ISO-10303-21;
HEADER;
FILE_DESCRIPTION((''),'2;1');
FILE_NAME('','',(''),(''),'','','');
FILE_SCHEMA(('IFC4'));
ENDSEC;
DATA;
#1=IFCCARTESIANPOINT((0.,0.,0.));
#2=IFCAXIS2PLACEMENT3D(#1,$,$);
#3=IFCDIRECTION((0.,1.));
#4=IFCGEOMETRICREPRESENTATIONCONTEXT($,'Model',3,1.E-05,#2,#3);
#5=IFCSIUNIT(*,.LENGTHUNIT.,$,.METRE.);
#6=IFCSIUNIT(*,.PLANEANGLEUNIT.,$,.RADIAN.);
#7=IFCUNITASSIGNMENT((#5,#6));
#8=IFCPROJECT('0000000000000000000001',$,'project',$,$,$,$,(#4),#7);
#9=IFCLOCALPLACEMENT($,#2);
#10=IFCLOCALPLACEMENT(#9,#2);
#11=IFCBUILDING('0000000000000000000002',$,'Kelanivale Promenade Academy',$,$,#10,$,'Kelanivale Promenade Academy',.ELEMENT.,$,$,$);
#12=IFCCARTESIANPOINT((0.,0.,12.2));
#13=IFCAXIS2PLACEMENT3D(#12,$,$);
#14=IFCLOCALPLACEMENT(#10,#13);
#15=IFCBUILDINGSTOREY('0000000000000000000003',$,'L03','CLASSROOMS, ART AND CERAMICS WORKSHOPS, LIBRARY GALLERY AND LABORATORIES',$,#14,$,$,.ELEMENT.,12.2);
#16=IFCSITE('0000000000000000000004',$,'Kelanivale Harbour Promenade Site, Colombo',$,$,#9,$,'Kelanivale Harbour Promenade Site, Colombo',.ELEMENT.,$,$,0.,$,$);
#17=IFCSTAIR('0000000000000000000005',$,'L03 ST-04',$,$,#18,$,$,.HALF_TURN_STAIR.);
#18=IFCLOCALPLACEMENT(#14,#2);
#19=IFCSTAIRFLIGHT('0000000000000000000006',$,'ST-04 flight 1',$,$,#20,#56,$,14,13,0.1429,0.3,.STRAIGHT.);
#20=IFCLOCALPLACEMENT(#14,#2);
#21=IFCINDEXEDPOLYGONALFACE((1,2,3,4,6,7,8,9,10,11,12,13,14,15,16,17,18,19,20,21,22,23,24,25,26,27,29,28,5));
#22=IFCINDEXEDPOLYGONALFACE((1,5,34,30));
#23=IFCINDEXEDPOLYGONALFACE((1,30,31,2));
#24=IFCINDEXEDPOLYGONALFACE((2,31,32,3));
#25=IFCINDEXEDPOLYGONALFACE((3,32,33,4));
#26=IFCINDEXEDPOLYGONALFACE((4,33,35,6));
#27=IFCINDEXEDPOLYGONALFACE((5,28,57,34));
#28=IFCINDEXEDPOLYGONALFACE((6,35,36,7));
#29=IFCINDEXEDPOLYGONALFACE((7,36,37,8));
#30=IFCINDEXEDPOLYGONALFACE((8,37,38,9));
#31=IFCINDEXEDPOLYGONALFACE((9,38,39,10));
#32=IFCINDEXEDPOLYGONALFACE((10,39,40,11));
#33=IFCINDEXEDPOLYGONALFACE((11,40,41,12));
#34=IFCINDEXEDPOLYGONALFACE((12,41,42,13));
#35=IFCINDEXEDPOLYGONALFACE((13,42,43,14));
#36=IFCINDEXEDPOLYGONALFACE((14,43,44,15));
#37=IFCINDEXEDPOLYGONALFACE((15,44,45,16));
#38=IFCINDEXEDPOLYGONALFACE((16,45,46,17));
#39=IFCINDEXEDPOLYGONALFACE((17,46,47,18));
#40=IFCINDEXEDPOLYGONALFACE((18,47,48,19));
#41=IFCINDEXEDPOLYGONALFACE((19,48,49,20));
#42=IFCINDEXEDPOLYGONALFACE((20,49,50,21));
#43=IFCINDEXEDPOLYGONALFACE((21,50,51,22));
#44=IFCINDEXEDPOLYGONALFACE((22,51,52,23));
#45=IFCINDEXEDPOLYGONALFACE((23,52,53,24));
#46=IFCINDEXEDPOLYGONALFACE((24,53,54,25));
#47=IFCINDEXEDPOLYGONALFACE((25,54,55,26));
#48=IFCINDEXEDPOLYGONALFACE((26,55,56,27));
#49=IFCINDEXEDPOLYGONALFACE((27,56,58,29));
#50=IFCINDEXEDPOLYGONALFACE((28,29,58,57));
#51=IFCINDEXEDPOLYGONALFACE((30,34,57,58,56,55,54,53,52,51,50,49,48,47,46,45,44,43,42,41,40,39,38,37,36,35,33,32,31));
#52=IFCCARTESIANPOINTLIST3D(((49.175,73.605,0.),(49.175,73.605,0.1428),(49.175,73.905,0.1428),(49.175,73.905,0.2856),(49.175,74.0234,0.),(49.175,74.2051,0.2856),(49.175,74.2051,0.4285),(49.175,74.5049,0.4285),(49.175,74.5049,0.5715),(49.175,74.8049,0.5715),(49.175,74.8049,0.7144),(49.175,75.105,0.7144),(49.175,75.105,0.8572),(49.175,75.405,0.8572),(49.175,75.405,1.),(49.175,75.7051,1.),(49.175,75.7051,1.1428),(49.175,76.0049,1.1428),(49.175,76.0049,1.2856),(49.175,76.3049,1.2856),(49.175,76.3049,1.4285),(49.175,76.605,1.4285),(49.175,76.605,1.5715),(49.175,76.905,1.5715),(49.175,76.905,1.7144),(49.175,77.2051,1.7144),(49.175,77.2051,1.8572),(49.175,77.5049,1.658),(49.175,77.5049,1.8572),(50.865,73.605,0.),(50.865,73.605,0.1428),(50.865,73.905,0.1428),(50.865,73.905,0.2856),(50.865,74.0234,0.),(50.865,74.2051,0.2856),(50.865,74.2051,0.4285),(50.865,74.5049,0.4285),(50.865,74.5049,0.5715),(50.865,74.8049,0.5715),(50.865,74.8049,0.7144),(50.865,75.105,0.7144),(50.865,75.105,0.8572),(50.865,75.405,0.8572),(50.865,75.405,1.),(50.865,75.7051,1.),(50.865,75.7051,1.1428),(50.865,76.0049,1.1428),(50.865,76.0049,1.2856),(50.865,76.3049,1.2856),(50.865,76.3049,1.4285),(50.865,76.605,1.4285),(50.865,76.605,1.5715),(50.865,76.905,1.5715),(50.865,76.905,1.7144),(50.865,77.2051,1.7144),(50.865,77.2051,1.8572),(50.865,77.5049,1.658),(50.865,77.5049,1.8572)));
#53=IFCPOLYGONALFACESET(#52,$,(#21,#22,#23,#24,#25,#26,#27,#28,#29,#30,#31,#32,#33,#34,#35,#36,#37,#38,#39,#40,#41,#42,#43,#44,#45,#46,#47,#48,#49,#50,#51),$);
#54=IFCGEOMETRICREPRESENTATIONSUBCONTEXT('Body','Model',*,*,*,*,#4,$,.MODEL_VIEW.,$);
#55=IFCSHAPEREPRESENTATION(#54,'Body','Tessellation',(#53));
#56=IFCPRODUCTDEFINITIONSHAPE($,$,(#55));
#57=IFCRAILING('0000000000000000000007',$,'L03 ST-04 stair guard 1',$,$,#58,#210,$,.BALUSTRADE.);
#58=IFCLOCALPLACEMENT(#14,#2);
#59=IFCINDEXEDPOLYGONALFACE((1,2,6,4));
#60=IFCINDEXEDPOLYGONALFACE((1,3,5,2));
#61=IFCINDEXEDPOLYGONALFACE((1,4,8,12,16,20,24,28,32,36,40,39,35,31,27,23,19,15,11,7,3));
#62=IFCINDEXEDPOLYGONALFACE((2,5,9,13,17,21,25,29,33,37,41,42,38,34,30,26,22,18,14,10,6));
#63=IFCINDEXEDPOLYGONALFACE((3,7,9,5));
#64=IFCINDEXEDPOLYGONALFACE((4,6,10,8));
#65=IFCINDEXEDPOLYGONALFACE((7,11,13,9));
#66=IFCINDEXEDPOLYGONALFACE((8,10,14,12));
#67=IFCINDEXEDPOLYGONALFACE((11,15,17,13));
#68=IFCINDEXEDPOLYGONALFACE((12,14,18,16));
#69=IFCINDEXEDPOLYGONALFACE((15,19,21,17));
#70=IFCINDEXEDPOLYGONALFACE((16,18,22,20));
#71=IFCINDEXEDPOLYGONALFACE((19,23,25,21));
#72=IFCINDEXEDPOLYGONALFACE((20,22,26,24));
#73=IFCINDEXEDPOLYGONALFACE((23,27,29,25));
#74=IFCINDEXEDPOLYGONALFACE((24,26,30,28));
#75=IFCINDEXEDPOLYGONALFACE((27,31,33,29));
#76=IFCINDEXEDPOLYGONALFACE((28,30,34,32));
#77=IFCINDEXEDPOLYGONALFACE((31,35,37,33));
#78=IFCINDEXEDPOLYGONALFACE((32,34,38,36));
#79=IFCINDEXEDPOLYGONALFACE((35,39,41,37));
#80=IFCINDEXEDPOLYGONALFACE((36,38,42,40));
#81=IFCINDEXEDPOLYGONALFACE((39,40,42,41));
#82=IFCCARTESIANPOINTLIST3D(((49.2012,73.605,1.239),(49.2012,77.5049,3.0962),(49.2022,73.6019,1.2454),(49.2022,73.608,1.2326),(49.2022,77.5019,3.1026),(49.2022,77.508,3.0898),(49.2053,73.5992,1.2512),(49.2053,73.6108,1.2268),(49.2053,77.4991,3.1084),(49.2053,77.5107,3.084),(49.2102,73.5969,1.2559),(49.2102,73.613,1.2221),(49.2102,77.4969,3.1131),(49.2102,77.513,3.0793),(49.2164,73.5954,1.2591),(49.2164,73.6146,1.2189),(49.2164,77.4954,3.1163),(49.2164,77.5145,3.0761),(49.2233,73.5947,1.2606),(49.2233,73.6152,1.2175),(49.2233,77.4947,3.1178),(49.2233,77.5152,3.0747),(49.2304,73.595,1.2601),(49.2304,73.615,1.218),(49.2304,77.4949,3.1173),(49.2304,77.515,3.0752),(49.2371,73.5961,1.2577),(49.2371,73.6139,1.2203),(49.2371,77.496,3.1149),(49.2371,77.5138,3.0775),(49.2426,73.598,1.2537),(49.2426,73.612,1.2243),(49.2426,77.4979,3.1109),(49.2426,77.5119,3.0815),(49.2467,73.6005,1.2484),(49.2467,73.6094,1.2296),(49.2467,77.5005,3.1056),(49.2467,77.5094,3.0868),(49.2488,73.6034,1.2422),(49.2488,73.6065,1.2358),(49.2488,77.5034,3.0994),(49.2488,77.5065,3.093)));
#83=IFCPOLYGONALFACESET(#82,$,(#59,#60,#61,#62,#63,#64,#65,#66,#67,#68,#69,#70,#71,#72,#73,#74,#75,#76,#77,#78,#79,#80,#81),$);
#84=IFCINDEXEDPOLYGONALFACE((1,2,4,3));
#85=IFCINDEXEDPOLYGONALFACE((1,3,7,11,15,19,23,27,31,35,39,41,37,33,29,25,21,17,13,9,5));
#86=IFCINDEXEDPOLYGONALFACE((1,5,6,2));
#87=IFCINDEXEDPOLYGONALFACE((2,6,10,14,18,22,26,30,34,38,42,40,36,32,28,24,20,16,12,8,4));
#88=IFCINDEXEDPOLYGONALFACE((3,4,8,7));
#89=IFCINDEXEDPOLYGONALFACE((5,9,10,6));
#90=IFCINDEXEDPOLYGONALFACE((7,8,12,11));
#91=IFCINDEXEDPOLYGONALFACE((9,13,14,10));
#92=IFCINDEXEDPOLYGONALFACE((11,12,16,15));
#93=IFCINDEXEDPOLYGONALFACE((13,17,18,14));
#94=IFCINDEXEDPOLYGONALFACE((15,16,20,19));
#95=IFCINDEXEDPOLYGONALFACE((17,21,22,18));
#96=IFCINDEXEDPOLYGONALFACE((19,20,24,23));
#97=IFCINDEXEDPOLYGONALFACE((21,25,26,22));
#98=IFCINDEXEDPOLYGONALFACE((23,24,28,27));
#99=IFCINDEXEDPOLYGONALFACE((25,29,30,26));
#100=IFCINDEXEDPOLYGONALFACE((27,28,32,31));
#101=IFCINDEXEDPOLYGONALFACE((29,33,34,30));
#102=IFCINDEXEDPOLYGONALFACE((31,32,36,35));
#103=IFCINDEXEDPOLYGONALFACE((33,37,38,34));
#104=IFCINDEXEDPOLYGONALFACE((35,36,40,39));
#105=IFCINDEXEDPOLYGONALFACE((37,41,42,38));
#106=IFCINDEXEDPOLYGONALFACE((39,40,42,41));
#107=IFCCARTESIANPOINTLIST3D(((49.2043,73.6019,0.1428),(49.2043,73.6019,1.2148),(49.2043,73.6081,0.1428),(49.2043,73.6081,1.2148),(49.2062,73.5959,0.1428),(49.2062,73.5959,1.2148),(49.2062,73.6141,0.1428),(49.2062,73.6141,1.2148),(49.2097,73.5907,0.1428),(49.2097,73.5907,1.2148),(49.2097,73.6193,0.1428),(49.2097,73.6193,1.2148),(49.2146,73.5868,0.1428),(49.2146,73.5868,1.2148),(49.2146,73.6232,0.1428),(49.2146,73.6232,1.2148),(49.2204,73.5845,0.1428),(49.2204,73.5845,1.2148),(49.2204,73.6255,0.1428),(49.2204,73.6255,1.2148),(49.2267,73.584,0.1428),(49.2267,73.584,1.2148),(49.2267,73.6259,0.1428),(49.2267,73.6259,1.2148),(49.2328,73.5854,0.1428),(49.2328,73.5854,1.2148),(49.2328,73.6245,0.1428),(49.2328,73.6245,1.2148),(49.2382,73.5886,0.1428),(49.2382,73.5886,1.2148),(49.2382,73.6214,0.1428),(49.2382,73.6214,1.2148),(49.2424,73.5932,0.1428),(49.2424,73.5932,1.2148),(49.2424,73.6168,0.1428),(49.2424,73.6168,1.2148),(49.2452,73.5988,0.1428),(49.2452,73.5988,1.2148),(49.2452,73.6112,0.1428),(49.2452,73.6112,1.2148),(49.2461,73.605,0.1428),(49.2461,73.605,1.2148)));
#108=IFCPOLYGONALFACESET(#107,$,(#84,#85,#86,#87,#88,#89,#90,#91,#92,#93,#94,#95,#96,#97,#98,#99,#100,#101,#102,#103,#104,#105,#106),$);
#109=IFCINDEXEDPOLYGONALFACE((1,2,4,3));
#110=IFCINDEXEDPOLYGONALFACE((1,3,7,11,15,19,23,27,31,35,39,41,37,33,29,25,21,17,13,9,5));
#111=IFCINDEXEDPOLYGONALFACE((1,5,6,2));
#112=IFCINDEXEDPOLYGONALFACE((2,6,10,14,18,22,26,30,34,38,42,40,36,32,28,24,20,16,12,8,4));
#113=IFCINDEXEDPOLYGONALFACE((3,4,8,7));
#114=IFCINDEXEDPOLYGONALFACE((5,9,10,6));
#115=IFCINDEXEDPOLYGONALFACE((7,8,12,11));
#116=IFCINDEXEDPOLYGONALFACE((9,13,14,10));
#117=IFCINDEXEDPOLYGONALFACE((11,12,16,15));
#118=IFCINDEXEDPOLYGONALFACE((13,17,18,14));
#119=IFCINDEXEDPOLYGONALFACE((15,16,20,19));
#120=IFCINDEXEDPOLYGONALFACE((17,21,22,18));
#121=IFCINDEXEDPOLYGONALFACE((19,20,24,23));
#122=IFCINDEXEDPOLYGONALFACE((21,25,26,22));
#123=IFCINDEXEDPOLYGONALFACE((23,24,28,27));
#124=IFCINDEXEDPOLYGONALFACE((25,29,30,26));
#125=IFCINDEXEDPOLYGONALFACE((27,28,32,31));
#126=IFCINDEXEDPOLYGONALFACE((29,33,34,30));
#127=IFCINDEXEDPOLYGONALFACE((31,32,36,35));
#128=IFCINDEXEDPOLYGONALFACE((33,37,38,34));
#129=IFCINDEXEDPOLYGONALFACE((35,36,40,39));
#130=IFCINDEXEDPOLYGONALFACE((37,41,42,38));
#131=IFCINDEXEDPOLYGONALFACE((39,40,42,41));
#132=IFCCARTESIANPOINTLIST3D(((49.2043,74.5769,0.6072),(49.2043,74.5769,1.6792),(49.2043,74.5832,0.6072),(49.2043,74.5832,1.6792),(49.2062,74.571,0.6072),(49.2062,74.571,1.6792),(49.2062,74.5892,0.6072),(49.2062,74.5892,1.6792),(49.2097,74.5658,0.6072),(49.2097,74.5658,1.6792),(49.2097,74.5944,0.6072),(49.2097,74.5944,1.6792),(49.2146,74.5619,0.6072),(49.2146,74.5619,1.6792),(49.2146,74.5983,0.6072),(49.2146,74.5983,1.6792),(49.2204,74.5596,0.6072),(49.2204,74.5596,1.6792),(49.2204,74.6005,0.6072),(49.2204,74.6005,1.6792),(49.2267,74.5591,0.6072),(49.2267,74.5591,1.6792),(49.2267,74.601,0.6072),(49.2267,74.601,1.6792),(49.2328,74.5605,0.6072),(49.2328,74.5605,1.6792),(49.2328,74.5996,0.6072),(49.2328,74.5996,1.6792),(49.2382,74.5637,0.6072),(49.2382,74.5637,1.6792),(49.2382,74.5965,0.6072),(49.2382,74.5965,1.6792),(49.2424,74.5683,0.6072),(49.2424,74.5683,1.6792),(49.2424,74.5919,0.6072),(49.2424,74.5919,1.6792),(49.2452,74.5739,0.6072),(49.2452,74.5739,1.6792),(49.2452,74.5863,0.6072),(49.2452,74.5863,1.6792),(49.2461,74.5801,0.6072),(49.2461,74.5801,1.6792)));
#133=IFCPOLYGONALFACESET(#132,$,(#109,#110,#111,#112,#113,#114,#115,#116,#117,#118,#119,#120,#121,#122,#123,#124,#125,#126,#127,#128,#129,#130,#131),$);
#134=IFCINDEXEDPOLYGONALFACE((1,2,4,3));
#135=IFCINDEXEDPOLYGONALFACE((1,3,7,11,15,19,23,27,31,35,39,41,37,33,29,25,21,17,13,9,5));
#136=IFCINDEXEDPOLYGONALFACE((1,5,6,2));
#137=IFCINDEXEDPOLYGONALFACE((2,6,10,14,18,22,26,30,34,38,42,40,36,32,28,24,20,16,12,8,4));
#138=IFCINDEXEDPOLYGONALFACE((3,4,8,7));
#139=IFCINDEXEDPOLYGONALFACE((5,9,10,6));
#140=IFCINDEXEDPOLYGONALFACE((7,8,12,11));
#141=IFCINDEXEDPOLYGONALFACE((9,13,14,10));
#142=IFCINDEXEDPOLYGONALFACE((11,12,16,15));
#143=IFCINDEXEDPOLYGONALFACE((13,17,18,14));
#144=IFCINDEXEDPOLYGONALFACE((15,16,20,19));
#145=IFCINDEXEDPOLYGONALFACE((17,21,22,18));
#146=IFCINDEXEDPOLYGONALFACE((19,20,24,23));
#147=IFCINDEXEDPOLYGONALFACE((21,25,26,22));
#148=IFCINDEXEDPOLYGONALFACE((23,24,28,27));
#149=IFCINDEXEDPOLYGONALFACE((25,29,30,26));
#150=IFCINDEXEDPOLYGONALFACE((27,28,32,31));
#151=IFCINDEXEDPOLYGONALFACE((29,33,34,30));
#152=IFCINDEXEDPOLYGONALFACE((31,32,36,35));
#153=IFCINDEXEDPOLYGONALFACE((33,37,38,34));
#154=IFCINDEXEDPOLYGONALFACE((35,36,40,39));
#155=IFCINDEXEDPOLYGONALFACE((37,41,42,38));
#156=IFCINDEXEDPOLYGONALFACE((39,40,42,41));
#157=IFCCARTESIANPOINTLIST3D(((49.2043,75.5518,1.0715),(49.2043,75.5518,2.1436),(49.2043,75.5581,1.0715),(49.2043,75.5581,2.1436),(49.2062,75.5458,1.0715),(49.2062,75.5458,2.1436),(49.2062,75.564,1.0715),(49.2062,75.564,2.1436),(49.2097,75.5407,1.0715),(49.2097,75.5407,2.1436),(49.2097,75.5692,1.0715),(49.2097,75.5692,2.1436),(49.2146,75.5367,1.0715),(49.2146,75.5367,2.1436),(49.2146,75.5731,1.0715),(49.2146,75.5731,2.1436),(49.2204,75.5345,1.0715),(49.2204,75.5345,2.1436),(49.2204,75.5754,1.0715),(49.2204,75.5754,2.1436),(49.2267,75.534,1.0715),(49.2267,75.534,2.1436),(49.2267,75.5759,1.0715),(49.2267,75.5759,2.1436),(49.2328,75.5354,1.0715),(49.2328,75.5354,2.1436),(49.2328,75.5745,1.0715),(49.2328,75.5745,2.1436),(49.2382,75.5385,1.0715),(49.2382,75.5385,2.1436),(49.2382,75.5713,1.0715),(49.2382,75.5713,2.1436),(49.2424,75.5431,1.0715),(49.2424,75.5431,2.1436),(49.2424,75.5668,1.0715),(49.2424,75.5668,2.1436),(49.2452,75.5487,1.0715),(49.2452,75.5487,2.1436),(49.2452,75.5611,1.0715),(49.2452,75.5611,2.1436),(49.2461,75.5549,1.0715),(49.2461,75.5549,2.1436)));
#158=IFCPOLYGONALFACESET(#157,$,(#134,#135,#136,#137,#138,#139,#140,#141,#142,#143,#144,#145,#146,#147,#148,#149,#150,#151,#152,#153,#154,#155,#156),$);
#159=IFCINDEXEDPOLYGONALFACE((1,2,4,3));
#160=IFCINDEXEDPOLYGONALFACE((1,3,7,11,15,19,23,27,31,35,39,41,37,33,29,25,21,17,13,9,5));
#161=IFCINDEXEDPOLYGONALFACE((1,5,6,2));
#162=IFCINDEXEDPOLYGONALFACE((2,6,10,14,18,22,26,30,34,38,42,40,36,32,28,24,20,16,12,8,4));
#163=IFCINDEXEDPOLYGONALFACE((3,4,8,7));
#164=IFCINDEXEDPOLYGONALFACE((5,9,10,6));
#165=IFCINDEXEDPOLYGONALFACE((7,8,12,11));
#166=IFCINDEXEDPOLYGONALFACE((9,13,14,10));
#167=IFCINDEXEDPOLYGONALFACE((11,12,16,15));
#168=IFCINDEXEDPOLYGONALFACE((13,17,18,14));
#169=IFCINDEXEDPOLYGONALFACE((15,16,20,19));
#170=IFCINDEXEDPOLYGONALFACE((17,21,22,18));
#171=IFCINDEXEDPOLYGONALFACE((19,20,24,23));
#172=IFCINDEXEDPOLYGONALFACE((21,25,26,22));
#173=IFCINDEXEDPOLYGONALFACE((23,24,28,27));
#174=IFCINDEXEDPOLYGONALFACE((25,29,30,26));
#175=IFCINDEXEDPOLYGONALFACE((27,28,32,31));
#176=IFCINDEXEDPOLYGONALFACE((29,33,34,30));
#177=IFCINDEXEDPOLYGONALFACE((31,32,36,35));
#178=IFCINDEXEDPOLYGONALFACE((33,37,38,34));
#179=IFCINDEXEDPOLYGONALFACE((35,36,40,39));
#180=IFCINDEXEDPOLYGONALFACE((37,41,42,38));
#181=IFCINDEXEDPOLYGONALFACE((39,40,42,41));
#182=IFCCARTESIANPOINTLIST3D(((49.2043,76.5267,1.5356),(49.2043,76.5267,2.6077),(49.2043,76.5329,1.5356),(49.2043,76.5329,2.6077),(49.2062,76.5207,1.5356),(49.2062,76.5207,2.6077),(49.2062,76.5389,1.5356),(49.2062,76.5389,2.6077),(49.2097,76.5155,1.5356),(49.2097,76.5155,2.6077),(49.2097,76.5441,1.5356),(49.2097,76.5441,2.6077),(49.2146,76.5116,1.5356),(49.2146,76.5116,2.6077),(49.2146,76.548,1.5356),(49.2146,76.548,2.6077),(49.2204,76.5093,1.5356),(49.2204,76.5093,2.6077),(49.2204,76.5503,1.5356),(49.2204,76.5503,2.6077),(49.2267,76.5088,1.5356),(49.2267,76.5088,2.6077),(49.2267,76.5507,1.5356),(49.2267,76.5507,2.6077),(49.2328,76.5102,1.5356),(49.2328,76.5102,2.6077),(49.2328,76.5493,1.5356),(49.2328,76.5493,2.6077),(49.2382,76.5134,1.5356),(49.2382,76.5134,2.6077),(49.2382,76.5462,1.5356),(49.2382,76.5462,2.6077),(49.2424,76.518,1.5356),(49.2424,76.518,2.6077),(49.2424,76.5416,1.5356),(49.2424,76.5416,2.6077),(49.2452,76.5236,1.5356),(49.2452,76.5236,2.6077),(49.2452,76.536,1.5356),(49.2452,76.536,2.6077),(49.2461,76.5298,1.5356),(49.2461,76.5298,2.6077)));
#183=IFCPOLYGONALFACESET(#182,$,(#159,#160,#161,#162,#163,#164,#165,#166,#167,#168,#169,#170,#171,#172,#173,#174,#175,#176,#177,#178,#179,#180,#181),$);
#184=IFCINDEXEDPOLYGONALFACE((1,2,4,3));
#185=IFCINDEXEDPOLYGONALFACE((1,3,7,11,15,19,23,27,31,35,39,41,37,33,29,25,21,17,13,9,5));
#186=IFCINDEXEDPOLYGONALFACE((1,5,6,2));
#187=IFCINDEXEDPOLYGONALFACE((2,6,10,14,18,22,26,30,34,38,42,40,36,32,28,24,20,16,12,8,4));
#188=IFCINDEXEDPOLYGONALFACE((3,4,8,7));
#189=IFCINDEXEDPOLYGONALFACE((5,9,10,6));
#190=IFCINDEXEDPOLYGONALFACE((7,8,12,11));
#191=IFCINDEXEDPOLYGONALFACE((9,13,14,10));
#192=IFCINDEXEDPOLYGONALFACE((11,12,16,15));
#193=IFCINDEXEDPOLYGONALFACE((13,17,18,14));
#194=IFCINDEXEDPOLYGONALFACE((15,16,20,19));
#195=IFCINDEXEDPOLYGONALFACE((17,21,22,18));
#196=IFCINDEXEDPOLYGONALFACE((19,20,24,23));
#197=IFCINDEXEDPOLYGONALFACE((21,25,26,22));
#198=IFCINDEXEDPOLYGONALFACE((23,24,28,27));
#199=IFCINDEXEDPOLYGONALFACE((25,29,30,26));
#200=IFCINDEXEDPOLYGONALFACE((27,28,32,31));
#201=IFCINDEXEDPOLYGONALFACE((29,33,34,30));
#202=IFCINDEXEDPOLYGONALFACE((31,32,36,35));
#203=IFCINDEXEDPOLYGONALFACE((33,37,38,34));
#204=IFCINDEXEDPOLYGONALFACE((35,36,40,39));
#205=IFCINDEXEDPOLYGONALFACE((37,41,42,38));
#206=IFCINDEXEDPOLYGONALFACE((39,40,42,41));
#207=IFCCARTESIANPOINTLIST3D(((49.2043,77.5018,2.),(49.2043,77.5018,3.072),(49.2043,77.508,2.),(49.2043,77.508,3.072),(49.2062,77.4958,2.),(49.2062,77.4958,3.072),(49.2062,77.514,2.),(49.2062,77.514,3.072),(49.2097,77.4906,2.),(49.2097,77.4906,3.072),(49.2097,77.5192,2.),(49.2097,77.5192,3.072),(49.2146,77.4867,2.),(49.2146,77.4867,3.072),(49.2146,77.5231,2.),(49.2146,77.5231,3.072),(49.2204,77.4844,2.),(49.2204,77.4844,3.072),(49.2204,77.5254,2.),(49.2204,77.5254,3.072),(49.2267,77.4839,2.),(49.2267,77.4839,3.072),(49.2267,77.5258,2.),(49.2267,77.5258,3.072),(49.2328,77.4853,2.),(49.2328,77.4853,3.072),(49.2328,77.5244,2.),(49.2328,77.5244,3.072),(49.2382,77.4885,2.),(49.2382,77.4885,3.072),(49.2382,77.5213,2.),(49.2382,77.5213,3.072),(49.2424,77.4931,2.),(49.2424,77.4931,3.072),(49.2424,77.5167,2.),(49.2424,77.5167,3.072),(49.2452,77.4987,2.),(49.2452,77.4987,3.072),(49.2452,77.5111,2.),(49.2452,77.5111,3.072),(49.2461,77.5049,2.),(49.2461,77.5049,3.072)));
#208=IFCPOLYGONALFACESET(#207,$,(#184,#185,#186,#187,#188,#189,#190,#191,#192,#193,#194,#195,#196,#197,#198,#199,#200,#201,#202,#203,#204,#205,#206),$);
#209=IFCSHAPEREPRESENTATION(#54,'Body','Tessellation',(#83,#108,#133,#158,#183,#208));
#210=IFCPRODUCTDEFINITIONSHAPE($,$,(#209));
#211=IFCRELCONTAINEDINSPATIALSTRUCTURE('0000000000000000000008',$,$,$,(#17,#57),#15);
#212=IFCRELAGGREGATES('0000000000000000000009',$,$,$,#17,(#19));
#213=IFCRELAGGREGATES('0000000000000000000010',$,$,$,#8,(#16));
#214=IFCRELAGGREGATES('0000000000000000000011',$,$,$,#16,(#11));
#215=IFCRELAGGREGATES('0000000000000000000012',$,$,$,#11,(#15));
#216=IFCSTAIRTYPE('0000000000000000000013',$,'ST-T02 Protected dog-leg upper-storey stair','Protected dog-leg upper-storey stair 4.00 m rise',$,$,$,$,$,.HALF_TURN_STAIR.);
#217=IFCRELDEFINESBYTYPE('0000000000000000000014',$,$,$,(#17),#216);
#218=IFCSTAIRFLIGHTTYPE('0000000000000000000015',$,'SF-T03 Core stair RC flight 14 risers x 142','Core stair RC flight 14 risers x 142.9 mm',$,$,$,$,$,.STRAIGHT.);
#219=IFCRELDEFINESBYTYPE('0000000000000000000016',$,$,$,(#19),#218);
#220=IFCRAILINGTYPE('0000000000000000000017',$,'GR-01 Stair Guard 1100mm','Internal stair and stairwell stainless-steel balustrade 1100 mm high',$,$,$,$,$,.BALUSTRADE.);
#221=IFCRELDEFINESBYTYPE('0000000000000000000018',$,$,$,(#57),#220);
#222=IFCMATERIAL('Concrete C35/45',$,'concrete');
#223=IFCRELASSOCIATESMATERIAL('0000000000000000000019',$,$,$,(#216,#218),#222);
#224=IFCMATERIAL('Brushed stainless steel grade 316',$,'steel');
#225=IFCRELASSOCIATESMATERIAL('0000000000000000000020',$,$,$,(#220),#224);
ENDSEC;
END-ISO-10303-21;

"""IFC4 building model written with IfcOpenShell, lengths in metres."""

from ifc_helpers import new_model, si_unit, direction, frame, origin, origin_2d, place, context, subcontext, project, spatial, polyline, circle, outline, extrude, material, type_object, element, aggregate, save


model = new_model("IFC4")

# Units and contexts
model_context = context("Model", 3, precision=1e-05, world=origin(), true_north=direction((0.0, 1.0)))
body_context = subcontext(model_context, "Body", "Model", "MODEL_VIEW")
ifc_project = project(units=[si_unit("LENGTHUNIT", "METRE"), si_unit("PLANEANGLEUNIT", "RADIAN")], contexts=[model_context])

# Site, building, storey
site_placement = place(None, origin())
site = spatial("IfcSite", under=ifc_project, at=site_placement, Name="Kelanivale Harbour Promenade Site, Colombo", LongName="Kelanivale Harbour Promenade Site, Colombo", CompositionType="ELEMENT", RefElevation=0.0)
building_placement = place(site_placement, origin())
building = spatial("IfcBuilding", under=site, at=building_placement, Name="Kelanivale Promenade Academy", LongName="Kelanivale Promenade Academy", CompositionType="ELEMENT")
storey_placement = place(building_placement, frame((0.0, 0.0, 12.2)))
storey = spatial("IfcBuildingStorey", under=building, at=storey_placement, Name="L03", Description="CLASSROOMS, ART AND CERAMICS WORKSHOPS, LIBRARY GALLERY AND LABORATORIES", CompositionType="ELEMENT", Elevation=12.2)

# Shared definitions
ifc_material_1 = material(Name="Concrete C35/45", Category="concrete")

# Stair, stair flight
stair_type = type_object("IfcStairType", Name="ST-T02 Protected dog-leg upper-storey stair", Description="Protected dog-leg upper-storey stair 4.00 m rise", PredefinedType="HALF_TURN_STAIR", material=ifc_material_1)
stair_placement = place(storey_placement, origin())
stair = element("IfcStair", 1, at=stair_placement, inside=storey, type_object=stair_type, Name="L03 ST-04", PredefinedType="HALF_TURN_STAIR")
stair_flight_type = type_object("IfcStairFlightType", Name="SF-T03 Core stair RC flight 14 risers x 142", Description="Core stair RC flight 14 risers x 142.9 mm", PredefinedType="STRAIGHT", material=ifc_material_1)
stair_flight_placement = place(storey_placement, frame((50.02, 73.605, 0.0), z_axis=(0.0, 0.0, 1.0), x_axis=(0.0, 1.0, 0.0)))
stair_flight = element("IfcStairFlight", 2, at=stair_flight_placement, type_object=stair_flight_type, Name="ST-04 flight 1", NumberOfRisers=14, NumberOfTreads=13, PredefinedType="STRAIGHT", RiserHeight=0.1429, TreadLength=0.3, context=body_context, shape_type="SweptSolid", body=[
    extrude(outline(polyline([(0.0, 0.0), (0.0, 0.1428), (0.3, 0.1428), (0.3, 0.2856), (0.6001, 0.2856), (0.6001, 0.4285), (0.8999, 0.4285), (0.8999, 0.5715), (1.2, 0.5715), (1.2, 0.7144), (1.5, 0.7144), (1.5, 0.8572), (1.8, 0.8572), (1.8, 1.0), (2.1001, 1.0), (2.1001, 1.1428), (2.3999, 1.1428), (2.3999, 1.2856), (2.7, 1.2856), (2.7, 1.4285), (3.0, 1.4285), (3.0, 1.5715), (3.3, 1.5715), (3.3, 1.7144), (3.6001, 1.7144), (3.6001, 1.8572), (3.8999, 1.8572), (3.8999, 2.0), (3.8999, 1.658), (0.4185, 0.0), (0.0, 0.0)])), frame((0.0, 0.845, 0.0), z_axis=(0.0, -1.0, 0.0), x_axis=(1.0, 0.0, 0.0)), (0.0, 0.0, 1.0), 1.6899),
])
aggregate(stair, [stair_flight])

# Railing
ifc_material_2 = material(Name="Brushed stainless steel grade 316", Category="steel")
railing_type = type_object("IfcRailingType", Name="GR-01 Stair Guard 1100mm", Description="Internal stair and stairwell stainless-steel balustrade 1100 mm high", PredefinedType="BALUSTRADE", material=ifc_material_2)
railing_1_placement = place(storey_placement, frame((49.2251, 73.605, 0.1428)))
element("IfcRailing", 3, at=railing_1_placement, inside=storey, type_object=railing_type, Name="L03 ST-04 stair guard 1", PredefinedType="BALUSTRADE", context=body_context, shape_type="SweptSolid", body=[
    extrude(circle(Radius=0.0239, at=origin_2d()), frame((0.0, 0.0, 1.0962), z_axis=(0.0, 0.902853, 0.429949), x_axis=(-1.0, 0.0, 0.0)), (0.0, 0.0, 1.0), 4.3196),
    extrude(circle(Radius=0.021, at=origin_2d()), origin(), (0.0, 0.0, 1.0), 1.072),
    extrude(circle(Radius=0.021, at=origin_2d()), frame((0.0, 0.9751, 0.4644)), (0.0, 0.0, 1.0), 1.072),
    extrude(circle(Radius=0.021, at=origin_2d()), frame((0.0, 1.95, 0.9287)), (0.0, 0.0, 1.0), 1.072),
    extrude(circle(Radius=0.021, at=origin_2d()), frame((0.0, 2.9248, 1.3928)), (0.0, 0.0, 1.0), 1.072),
    extrude(circle(Radius=0.021, at=origin_2d()), frame((0.0, 3.8999, 1.8572)), (0.0, 0.0, 1.0), 1.072),
])

save(model, "model.ifc")
